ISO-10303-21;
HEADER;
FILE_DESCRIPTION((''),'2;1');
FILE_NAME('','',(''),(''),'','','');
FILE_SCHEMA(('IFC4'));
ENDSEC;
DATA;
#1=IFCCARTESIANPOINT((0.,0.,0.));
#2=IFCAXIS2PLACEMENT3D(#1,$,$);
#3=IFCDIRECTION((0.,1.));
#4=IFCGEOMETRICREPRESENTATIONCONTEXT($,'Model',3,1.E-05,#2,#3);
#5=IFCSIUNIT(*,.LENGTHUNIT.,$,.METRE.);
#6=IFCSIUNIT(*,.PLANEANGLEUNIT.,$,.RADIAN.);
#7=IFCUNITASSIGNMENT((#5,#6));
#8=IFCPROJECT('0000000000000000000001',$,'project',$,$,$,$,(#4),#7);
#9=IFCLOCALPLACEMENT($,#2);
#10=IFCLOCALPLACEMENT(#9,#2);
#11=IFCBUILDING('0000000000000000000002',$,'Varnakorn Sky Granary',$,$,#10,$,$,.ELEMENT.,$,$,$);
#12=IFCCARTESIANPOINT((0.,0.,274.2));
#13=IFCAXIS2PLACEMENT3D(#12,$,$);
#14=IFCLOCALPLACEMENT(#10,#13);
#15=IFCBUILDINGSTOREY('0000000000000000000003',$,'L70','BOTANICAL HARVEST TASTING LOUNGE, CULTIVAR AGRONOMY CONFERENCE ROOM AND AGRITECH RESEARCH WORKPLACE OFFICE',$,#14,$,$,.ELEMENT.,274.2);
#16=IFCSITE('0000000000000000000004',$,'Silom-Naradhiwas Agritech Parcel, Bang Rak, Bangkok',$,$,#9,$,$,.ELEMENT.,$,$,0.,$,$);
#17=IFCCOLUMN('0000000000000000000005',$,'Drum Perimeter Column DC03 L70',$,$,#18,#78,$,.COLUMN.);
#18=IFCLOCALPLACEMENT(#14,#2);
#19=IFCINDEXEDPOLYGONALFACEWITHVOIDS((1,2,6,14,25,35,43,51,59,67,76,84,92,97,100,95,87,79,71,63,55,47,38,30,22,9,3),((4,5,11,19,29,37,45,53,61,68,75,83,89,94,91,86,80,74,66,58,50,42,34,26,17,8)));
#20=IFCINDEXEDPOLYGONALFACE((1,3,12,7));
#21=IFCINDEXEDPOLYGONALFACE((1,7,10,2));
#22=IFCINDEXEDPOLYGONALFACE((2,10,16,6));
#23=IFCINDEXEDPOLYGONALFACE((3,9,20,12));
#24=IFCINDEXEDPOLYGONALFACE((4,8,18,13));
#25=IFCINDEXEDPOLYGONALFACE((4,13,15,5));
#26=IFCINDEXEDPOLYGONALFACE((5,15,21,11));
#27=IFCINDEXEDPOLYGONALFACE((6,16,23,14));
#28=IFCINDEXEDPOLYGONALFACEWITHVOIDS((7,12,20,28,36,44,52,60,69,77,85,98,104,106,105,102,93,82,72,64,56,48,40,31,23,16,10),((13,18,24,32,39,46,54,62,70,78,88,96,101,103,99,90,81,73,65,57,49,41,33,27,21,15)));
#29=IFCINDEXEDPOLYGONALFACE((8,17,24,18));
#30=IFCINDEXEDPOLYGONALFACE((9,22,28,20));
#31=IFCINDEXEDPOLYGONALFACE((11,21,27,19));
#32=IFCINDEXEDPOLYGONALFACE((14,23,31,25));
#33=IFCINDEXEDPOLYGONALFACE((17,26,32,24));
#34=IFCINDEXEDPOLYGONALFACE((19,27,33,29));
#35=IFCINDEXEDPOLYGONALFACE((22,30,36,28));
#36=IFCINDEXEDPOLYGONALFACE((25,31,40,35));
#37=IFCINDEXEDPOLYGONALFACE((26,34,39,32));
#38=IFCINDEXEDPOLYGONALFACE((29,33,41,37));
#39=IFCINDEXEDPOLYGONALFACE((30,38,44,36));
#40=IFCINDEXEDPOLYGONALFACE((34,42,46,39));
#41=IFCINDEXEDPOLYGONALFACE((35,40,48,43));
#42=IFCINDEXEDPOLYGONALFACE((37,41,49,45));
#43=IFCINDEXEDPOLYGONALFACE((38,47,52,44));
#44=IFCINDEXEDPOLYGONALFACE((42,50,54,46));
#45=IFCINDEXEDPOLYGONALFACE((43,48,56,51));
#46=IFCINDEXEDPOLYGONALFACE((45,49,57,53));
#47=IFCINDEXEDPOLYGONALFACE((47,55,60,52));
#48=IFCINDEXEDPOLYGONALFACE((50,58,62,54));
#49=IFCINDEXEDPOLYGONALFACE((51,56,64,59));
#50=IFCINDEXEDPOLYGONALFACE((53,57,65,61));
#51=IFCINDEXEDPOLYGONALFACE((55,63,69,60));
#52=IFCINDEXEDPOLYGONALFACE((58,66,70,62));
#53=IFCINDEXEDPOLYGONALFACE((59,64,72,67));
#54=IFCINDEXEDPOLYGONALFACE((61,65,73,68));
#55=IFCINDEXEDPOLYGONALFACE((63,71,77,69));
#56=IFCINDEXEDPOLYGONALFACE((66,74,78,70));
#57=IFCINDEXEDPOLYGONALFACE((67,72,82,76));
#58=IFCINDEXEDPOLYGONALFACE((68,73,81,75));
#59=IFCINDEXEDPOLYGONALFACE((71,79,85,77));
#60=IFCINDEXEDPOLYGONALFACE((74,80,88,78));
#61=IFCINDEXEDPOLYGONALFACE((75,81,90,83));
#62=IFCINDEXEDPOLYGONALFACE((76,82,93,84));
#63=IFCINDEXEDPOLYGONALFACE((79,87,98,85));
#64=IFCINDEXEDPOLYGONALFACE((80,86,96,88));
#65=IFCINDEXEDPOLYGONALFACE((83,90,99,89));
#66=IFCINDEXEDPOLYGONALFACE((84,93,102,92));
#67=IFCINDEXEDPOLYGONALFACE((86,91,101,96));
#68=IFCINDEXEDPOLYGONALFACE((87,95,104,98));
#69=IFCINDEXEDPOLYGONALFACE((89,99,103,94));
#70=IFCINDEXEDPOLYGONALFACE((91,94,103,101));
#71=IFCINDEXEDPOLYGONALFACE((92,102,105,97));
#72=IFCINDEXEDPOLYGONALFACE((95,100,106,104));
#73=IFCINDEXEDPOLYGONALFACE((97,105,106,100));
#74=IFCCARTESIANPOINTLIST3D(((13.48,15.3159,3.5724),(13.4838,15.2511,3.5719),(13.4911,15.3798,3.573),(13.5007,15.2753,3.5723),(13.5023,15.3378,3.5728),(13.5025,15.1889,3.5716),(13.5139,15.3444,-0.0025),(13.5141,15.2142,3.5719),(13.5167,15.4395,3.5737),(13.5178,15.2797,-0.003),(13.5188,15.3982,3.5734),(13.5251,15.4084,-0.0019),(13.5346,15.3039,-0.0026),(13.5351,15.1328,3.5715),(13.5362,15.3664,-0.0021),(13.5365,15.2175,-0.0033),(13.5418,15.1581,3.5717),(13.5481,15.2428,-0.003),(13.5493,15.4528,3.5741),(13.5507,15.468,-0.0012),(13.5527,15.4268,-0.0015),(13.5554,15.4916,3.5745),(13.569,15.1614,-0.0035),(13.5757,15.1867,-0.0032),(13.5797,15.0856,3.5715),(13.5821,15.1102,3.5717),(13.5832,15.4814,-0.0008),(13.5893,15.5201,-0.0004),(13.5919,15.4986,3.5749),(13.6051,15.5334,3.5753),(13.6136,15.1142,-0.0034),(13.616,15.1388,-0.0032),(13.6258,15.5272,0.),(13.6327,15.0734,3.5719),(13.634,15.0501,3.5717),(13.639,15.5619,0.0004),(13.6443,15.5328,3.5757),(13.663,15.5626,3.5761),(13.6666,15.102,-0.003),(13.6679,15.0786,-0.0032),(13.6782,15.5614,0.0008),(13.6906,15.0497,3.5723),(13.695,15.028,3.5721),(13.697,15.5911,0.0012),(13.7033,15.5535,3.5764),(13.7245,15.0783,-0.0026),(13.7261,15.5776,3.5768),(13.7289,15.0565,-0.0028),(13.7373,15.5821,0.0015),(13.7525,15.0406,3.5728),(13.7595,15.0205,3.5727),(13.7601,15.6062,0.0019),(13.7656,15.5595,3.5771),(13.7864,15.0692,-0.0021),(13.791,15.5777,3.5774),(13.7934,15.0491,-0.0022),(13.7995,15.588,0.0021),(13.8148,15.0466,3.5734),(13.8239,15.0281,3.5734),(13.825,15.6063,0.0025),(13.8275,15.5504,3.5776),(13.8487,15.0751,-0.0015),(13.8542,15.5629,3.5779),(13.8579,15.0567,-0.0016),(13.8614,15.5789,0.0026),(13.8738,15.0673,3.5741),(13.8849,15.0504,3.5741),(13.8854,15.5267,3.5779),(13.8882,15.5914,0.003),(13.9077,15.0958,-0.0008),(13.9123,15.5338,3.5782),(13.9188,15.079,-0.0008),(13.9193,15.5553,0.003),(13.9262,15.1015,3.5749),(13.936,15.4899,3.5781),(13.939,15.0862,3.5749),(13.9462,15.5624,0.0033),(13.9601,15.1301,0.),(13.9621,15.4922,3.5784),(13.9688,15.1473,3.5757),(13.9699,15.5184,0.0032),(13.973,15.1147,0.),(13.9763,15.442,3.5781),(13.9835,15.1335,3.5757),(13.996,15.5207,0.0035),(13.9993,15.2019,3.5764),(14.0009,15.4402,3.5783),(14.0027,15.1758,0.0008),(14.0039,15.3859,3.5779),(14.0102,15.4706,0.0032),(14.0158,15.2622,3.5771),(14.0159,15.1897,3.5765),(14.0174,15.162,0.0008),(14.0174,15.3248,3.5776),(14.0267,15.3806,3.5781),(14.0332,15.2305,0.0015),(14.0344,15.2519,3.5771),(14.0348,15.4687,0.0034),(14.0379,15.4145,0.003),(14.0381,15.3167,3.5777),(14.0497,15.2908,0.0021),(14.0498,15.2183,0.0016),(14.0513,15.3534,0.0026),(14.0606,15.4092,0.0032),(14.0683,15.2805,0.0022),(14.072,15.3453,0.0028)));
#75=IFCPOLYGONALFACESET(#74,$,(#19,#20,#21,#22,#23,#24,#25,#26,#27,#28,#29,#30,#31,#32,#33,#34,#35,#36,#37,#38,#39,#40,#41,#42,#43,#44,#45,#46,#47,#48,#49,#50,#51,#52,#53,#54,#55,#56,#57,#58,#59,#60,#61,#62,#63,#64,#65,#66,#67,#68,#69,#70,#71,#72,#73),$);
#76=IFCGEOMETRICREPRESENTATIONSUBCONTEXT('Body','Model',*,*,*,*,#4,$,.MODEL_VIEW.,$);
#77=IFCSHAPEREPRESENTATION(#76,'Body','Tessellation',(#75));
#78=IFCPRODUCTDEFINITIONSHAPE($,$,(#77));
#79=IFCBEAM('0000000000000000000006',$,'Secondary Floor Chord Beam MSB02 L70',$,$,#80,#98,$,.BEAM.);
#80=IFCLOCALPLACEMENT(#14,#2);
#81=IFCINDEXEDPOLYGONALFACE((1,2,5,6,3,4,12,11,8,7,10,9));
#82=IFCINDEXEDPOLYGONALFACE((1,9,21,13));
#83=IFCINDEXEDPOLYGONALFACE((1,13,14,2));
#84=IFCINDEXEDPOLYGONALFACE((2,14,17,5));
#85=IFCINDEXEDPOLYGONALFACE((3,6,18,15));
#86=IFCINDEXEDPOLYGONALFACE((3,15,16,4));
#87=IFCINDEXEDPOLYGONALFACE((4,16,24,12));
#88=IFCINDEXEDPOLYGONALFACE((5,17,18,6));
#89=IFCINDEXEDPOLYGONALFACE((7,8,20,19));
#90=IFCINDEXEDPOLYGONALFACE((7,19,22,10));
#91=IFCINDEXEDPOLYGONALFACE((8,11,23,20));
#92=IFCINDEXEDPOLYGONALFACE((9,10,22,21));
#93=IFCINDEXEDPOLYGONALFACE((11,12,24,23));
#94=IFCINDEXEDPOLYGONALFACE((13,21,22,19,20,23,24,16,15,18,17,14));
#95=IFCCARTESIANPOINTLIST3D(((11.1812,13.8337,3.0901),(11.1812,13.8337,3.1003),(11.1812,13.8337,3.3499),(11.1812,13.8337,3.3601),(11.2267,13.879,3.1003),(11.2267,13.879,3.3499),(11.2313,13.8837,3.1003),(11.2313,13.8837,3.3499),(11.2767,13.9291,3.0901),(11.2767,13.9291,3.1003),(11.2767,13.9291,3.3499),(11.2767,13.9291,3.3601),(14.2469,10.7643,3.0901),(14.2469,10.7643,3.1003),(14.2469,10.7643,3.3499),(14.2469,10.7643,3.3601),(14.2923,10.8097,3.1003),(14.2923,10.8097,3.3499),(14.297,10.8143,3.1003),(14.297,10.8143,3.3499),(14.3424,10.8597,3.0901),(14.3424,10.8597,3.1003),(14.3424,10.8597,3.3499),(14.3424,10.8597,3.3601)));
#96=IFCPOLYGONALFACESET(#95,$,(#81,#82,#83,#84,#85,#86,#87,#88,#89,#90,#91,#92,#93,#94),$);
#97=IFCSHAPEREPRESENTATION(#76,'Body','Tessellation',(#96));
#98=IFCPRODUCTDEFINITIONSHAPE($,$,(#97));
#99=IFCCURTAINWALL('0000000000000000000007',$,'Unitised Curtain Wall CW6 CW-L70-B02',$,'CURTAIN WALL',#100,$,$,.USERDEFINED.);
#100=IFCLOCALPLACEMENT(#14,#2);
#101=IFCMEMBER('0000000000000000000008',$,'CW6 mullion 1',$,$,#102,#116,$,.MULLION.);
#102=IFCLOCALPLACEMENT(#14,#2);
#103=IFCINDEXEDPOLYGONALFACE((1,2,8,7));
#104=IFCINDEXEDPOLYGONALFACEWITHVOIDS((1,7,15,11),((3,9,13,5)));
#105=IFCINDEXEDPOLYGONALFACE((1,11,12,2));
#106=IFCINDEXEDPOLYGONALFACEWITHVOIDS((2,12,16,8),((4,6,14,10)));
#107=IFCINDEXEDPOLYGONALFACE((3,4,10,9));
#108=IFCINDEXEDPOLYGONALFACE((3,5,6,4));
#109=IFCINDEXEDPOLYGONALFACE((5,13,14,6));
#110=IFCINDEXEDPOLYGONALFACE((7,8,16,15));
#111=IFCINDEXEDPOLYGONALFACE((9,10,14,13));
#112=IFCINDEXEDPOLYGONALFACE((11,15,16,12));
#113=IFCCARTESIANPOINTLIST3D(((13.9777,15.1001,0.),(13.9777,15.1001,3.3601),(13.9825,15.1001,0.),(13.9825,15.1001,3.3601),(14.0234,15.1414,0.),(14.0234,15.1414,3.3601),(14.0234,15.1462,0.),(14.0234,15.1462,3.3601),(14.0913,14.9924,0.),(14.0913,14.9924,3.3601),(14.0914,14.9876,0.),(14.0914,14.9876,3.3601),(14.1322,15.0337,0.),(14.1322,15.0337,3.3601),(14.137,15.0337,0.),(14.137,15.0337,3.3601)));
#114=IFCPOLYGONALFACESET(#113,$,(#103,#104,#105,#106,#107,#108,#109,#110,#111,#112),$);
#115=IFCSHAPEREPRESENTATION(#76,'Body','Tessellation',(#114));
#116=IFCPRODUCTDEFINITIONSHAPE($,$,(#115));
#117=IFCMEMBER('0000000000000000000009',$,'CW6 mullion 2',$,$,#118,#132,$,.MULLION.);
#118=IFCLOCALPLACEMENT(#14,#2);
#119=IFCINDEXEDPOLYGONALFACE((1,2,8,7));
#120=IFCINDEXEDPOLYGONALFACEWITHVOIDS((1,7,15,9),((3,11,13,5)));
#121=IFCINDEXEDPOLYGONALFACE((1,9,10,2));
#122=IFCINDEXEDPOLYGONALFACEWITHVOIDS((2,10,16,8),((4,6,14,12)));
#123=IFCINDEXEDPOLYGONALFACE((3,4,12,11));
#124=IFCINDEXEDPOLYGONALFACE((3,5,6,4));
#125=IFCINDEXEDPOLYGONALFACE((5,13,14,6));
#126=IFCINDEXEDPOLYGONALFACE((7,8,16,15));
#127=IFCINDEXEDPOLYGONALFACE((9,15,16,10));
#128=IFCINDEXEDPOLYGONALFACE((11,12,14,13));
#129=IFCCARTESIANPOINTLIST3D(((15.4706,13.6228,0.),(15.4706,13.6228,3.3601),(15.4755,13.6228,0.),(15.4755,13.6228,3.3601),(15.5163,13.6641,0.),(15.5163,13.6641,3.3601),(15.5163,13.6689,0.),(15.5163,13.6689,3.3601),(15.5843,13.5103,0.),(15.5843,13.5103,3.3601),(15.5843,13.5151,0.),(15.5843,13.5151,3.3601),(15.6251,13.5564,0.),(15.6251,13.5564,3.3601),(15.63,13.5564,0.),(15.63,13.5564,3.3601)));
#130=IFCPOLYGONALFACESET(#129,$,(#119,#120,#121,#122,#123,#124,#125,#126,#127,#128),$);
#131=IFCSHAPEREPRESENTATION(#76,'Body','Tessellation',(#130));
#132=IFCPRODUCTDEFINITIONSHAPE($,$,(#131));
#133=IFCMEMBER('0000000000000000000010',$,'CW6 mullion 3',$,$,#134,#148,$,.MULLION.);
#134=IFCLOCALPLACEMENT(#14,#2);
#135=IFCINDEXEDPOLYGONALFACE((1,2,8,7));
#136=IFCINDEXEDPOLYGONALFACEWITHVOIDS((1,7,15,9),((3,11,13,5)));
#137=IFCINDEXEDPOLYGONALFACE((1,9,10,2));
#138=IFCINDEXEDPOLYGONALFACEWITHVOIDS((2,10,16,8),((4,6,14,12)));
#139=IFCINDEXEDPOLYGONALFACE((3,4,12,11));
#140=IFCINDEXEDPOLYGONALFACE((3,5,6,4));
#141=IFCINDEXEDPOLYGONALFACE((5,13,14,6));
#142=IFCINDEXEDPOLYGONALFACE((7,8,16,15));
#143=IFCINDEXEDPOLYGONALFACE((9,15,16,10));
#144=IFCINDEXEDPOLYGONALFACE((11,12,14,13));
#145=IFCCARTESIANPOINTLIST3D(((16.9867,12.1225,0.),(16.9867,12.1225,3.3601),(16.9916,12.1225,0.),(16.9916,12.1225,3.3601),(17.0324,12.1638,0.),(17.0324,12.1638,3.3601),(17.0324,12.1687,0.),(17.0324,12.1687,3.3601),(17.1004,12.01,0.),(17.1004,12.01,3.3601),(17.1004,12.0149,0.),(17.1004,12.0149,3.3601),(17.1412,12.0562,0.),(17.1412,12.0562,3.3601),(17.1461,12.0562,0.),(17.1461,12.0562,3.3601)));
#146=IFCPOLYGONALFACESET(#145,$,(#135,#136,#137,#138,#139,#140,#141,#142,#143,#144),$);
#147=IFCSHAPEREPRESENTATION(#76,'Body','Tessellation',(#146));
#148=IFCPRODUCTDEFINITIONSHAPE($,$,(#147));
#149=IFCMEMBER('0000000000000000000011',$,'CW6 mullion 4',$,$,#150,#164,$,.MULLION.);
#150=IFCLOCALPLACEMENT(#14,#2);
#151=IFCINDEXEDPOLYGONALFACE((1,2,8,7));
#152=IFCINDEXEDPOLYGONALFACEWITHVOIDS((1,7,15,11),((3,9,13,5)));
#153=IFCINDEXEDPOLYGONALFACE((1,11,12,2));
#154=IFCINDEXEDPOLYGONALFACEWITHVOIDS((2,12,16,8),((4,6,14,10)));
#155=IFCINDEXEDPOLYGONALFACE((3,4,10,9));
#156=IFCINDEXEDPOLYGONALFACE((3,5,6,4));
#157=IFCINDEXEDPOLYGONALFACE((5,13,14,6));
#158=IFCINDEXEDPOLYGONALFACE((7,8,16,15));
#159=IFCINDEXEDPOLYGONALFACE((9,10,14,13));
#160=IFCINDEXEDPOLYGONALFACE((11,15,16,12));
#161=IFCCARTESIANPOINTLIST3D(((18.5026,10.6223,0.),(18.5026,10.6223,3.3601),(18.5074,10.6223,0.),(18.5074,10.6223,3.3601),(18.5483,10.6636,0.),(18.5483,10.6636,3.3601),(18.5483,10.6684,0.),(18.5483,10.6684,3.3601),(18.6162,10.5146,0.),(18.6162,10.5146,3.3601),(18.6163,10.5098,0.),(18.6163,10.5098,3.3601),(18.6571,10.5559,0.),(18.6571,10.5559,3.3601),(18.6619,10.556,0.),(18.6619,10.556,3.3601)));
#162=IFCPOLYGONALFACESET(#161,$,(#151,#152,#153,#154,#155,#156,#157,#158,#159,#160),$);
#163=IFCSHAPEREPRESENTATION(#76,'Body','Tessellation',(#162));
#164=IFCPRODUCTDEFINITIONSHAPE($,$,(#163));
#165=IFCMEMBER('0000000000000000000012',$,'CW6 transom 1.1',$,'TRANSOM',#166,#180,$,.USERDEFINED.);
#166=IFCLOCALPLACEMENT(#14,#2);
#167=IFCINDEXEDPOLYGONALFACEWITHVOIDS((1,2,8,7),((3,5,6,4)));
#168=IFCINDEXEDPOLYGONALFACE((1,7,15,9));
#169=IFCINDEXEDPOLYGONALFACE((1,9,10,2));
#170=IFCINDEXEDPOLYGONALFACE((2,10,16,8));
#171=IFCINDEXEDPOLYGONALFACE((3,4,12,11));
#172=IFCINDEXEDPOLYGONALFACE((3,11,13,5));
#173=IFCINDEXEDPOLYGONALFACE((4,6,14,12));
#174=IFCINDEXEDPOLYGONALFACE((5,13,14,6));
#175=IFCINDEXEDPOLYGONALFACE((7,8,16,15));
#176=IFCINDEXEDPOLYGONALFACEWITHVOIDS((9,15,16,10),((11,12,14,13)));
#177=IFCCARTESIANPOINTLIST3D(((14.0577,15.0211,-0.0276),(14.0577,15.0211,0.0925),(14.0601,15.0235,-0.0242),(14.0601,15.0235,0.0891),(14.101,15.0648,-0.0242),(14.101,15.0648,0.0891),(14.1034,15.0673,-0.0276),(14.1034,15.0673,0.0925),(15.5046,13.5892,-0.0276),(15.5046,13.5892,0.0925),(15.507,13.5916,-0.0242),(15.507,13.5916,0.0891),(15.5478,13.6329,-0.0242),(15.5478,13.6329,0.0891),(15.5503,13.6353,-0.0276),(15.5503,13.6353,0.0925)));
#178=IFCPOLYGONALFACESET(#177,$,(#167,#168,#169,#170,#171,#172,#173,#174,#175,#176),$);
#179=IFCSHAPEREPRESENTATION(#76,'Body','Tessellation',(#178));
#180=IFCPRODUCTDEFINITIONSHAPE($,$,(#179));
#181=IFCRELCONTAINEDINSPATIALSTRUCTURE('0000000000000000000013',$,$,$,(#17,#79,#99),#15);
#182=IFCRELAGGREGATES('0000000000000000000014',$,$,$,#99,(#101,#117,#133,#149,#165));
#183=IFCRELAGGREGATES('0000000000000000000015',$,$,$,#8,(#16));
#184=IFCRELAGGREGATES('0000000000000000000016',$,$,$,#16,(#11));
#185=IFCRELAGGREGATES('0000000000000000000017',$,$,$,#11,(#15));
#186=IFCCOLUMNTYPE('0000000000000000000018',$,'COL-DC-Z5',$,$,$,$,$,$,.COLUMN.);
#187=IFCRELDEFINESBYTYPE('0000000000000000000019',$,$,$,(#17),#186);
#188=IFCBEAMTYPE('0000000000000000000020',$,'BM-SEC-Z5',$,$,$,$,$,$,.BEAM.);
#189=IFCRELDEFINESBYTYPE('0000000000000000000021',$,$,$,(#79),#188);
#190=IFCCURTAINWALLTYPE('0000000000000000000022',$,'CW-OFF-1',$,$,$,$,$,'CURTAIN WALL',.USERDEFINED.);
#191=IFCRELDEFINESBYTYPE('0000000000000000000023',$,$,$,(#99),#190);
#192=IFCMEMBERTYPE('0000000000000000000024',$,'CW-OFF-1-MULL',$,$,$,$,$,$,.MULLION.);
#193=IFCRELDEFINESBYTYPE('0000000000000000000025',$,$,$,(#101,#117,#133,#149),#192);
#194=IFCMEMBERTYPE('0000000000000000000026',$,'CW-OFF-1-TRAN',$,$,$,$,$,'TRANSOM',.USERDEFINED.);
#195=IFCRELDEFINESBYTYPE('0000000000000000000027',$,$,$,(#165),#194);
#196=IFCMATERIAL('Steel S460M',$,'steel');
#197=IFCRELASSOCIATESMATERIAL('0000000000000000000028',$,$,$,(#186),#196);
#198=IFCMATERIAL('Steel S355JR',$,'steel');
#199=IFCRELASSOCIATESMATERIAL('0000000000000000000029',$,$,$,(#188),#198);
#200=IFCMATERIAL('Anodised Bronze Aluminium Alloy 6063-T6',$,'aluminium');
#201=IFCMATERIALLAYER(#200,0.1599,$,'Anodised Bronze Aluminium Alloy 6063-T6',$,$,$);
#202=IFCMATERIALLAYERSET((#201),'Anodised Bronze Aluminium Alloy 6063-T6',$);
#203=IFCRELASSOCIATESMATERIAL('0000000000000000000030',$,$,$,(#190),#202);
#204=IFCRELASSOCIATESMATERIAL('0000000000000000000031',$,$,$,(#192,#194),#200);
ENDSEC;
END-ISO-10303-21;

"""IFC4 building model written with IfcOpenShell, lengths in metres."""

from ifc_helpers import new_model, si_unit, direction, frame, origin, origin_2d, place, context, subcontext, project, spatial, hollow_rectangle, hollow_circle, i_section, extrude, material, layer, layer_set, material_profile, profile_set, type_object, element, aggregate, save


model = new_model("IFC4")

# Units and contexts
model_context = context("Model", 3, precision=1e-05, world=origin(), true_north=direction((0.0, 1.0)))
body_context = subcontext(model_context, "Body", "Model", "MODEL_VIEW")
ifc_project = project(units=[si_unit("LENGTHUNIT", "METRE"), si_unit("PLANEANGLEUNIT", "RADIAN")], contexts=[model_context])

# Site, building, storey
site_placement = place(None, origin())
site = spatial("IfcSite", under=ifc_project, at=site_placement, Name="Silom-Naradhiwas Agritech Parcel, Bang Rak, Bangkok", CompositionType="ELEMENT", RefElevation=0.0)
building_placement = place(site_placement, origin())
building = spatial("IfcBuilding", under=site, at=building_placement, Name="Varnakorn Sky Granary", CompositionType="ELEMENT")
storey_placement = place(building_placement, frame((0.0, 0.0, 274.2)))
storey = spatial("IfcBuildingStorey", under=building, at=storey_placement, Name="L70", Description="BOTANICAL HARVEST TASTING LOUNGE, CULTIVAR AGRONOMY CONFERENCE ROOM AND AGRITECH RESEARCH WORKPLACE OFFICE", CompositionType="ELEMENT", Elevation=274.2)

# Column
ifc_material_1 = material(Name="Steel S460M", Category="steel")
ifc_material_profile_1 = material_profile(ifc_material_1, hollow_circle(Radius=0.2795, WallThickness=0.02, at=origin_2d()), Name="CHS 559x20")
ifc_profile_set_1 = profile_set([ifc_material_profile_1], Name="Steel S460M")
column_type = type_object("IfcColumnType", Name="COL-DC-Z5", PredefinedType="COLUMN", material=ifc_profile_set_1)
column_placement = place(storey_placement, frame((13.793, 15.3286, 0.0), z_axis=(-0.009492, -0.00799, 0.999923), x_axis=(0.643966, -0.765054, 0.0)))
element("IfcColumn", 1, at=column_placement, inside=storey, type_object=column_type, Name="Drum Perimeter Column DC03 L70", PredefinedType="COLUMN", context=body_context, shape_type="SweptSolid", body=[
    extrude(hollow_circle(Radius=0.2795, WallThickness=0.02, at=origin_2d()), origin(), (0.0, 0.0, 1.0), 3.5752),
])

# Beam
ifc_material_2 = material(Name="Steel S355JR", Category="steel")
ifc_material_profile_2 = material_profile(ifc_material_2, i_section(OverallWidth=0.135, OverallDepth=0.27, WebThickness=0.0066, FlangeThickness=0.0103, at=origin_2d()), Name="IPE 270")
ifc_profile_set_2 = profile_set([ifc_material_profile_2], Name="Steel S355JR")
beam_type = type_object("IfcBeamType", Name="BM-SEC-Z5", PredefinedType="BEAM", material=ifc_profile_set_2)
beam_placement = place(storey_placement, frame((14.2947, 10.812, 3.2251), z_axis=(-0.706685, 0.707529, 0.0), x_axis=(-0.707529, -0.706685, 0.0)))
element("IfcBeam", 2, at=beam_placement, inside=storey, type_object=beam_type, Name="Secondary Floor Chord Beam MSB02 L70", PredefinedType="BEAM", context=body_context, shape_type="SweptSolid", body=[
    extrude(i_section(OverallWidth=0.135, OverallDepth=0.27, WebThickness=0.0066, FlangeThickness=0.0103, at=origin_2d()), origin(), (0.0, 0.0, 1.0), 4.3381),
])

# Curtain wall, members
ifc_material_3 = material(Name="Anodised Bronze Aluminium Alloy 6063-T6", Category="aluminium")
ifc_layer_1 = layer(ifc_material_3, 0.1599, Name="Anodised Bronze Aluminium Alloy 6063-T6")
ifc_layer_set_1 = layer_set([ifc_layer_1], Name="Anodised Bronze Aluminium Alloy 6063-T6")
curtain_wall_type = type_object("IfcCurtainWallType", Name="CW-OFF-1", ElementType="CURTAIN WALL", PredefinedType="USERDEFINED", material=ifc_layer_set_1)
curtain_wall_placement = place(storey_placement, origin())
curtain_wall = element("IfcCurtainWall", 3, at=curtain_wall_placement, inside=storey, type_object=curtain_wall_type, Name="Unitised Curtain Wall CW6 CW-L70-B02", ObjectType="CURTAIN WALL", PredefinedType="USERDEFINED")
ifc_material_profile_3 = material_profile(ifc_material_3, hollow_rectangle(XDim=0.0649, YDim=0.1599, WallThickness=0.0034, at=origin_2d()), Name="ALU MULL 65x160")
ifc_profile_set_3 = profile_set([ifc_material_profile_3], Name="Anodised Bronze Aluminium Alloy 6063-T6")
member_type_1 = type_object("IfcMemberType", Name="CW-OFF-1-MULL", PredefinedType="MULLION", material=ifc_profile_set_3)
member_1_placement = place(storey_placement, frame((14.0574, 15.0669, 0.0), z_axis=(0.0, 0.0, 1.0), x_axis=(0.703399, 0.710795, 0.0)))
member_1 = element("IfcMember", 4, at=member_1_placement, type_object=member_type_1, Name="CW6 mullion 1", PredefinedType="MULLION", context=body_context, shape_type="SweptSolid", body=[
    extrude(hollow_rectangle(XDim=0.0649, YDim=0.1599, WallThickness=0.0034, at=origin_2d()), origin(), (0.0, 0.0, 1.0), 3.3601),
])
member_2_placement = place(storey_placement, frame((15.5503, 13.5896, 0.0), z_axis=(0.0, 0.0, 1.0), x_axis=(0.703399, 0.710795, 0.0)))
member_2 = element("IfcMember", 5, at=member_2_placement, type_object=member_type_1, Name="CW6 mullion 2", PredefinedType="MULLION", context=body_context, shape_type="SweptSolid", body=[
    extrude(hollow_rectangle(XDim=0.0649, YDim=0.1599, WallThickness=0.0034, at=origin_2d()), origin(), (0.0, 0.0, 1.0), 3.3601),
])
member_3_placement = place(storey_placement, frame((17.0664, 12.0894, 0.0), z_axis=(0.0, 0.0, 1.0), x_axis=(0.703399, 0.710795, 0.0)))
member_3 = element("IfcMember", 6, at=member_3_placement, type_object=member_type_1, Name="CW6 mullion 3", PredefinedType="MULLION", context=body_context, shape_type="SweptSolid", body=[
    extrude(hollow_rectangle(XDim=0.0649, YDim=0.1599, WallThickness=0.0034, at=origin_2d()), origin(), (0.0, 0.0, 1.0), 3.3601),
])
member_4_placement = place(storey_placement, frame((18.5823, 10.5891, 0.0), z_axis=(0.0, 0.0, 1.0), x_axis=(0.703399, 0.710795, 0.0)))
member_4 = element("IfcMember", 7, at=member_4_placement, type_object=member_type_1, Name="CW6 mullion 4", PredefinedType="MULLION", context=body_context, shape_type="SweptSolid", body=[
    extrude(hollow_rectangle(XDim=0.0649, YDim=0.1599, WallThickness=0.0034, at=origin_2d()), origin(), (0.0, 0.0, 1.0), 3.3601),
])
ifc_material_profile_4 = material_profile(ifc_material_3, hollow_rectangle(XDim=0.0649, YDim=0.1201, WallThickness=0.0034, at=origin_2d()), Name="ALU TRAN 65x120")
ifc_profile_set_4 = profile_set([ifc_material_profile_4], Name="Anodised Bronze Aluminium Alloy 6063-T6")
member_type_2 = type_object("IfcMemberType", Name="CW-OFF-1-TRAN", ElementType="TRANSOM", PredefinedType="USERDEFINED", material=ifc_profile_set_4)
member_5_placement = place(storey_placement, frame((14.0806, 15.0442, 0.0325), z_axis=(0.710755, -0.703439, 0.0), x_axis=(0.703439, 0.710755, 0.0)))
member_5 = element("IfcMember", 8, at=member_5_placement, type_object=member_type_2, Name="CW6 transom 1.1", ObjectType="TRANSOM", PredefinedType="USERDEFINED", context=body_context, shape_type="SweptSolid", body=[
    extrude(hollow_rectangle(XDim=0.0649, YDim=0.1201, WallThickness=0.0034, at=origin_2d()), origin(), (0.0, 0.0, 1.0), 2.0356),
])

aggregate(curtain_wall, [member_1, member_2, member_3, member_4, member_5])

save(model, "model.ifc")
